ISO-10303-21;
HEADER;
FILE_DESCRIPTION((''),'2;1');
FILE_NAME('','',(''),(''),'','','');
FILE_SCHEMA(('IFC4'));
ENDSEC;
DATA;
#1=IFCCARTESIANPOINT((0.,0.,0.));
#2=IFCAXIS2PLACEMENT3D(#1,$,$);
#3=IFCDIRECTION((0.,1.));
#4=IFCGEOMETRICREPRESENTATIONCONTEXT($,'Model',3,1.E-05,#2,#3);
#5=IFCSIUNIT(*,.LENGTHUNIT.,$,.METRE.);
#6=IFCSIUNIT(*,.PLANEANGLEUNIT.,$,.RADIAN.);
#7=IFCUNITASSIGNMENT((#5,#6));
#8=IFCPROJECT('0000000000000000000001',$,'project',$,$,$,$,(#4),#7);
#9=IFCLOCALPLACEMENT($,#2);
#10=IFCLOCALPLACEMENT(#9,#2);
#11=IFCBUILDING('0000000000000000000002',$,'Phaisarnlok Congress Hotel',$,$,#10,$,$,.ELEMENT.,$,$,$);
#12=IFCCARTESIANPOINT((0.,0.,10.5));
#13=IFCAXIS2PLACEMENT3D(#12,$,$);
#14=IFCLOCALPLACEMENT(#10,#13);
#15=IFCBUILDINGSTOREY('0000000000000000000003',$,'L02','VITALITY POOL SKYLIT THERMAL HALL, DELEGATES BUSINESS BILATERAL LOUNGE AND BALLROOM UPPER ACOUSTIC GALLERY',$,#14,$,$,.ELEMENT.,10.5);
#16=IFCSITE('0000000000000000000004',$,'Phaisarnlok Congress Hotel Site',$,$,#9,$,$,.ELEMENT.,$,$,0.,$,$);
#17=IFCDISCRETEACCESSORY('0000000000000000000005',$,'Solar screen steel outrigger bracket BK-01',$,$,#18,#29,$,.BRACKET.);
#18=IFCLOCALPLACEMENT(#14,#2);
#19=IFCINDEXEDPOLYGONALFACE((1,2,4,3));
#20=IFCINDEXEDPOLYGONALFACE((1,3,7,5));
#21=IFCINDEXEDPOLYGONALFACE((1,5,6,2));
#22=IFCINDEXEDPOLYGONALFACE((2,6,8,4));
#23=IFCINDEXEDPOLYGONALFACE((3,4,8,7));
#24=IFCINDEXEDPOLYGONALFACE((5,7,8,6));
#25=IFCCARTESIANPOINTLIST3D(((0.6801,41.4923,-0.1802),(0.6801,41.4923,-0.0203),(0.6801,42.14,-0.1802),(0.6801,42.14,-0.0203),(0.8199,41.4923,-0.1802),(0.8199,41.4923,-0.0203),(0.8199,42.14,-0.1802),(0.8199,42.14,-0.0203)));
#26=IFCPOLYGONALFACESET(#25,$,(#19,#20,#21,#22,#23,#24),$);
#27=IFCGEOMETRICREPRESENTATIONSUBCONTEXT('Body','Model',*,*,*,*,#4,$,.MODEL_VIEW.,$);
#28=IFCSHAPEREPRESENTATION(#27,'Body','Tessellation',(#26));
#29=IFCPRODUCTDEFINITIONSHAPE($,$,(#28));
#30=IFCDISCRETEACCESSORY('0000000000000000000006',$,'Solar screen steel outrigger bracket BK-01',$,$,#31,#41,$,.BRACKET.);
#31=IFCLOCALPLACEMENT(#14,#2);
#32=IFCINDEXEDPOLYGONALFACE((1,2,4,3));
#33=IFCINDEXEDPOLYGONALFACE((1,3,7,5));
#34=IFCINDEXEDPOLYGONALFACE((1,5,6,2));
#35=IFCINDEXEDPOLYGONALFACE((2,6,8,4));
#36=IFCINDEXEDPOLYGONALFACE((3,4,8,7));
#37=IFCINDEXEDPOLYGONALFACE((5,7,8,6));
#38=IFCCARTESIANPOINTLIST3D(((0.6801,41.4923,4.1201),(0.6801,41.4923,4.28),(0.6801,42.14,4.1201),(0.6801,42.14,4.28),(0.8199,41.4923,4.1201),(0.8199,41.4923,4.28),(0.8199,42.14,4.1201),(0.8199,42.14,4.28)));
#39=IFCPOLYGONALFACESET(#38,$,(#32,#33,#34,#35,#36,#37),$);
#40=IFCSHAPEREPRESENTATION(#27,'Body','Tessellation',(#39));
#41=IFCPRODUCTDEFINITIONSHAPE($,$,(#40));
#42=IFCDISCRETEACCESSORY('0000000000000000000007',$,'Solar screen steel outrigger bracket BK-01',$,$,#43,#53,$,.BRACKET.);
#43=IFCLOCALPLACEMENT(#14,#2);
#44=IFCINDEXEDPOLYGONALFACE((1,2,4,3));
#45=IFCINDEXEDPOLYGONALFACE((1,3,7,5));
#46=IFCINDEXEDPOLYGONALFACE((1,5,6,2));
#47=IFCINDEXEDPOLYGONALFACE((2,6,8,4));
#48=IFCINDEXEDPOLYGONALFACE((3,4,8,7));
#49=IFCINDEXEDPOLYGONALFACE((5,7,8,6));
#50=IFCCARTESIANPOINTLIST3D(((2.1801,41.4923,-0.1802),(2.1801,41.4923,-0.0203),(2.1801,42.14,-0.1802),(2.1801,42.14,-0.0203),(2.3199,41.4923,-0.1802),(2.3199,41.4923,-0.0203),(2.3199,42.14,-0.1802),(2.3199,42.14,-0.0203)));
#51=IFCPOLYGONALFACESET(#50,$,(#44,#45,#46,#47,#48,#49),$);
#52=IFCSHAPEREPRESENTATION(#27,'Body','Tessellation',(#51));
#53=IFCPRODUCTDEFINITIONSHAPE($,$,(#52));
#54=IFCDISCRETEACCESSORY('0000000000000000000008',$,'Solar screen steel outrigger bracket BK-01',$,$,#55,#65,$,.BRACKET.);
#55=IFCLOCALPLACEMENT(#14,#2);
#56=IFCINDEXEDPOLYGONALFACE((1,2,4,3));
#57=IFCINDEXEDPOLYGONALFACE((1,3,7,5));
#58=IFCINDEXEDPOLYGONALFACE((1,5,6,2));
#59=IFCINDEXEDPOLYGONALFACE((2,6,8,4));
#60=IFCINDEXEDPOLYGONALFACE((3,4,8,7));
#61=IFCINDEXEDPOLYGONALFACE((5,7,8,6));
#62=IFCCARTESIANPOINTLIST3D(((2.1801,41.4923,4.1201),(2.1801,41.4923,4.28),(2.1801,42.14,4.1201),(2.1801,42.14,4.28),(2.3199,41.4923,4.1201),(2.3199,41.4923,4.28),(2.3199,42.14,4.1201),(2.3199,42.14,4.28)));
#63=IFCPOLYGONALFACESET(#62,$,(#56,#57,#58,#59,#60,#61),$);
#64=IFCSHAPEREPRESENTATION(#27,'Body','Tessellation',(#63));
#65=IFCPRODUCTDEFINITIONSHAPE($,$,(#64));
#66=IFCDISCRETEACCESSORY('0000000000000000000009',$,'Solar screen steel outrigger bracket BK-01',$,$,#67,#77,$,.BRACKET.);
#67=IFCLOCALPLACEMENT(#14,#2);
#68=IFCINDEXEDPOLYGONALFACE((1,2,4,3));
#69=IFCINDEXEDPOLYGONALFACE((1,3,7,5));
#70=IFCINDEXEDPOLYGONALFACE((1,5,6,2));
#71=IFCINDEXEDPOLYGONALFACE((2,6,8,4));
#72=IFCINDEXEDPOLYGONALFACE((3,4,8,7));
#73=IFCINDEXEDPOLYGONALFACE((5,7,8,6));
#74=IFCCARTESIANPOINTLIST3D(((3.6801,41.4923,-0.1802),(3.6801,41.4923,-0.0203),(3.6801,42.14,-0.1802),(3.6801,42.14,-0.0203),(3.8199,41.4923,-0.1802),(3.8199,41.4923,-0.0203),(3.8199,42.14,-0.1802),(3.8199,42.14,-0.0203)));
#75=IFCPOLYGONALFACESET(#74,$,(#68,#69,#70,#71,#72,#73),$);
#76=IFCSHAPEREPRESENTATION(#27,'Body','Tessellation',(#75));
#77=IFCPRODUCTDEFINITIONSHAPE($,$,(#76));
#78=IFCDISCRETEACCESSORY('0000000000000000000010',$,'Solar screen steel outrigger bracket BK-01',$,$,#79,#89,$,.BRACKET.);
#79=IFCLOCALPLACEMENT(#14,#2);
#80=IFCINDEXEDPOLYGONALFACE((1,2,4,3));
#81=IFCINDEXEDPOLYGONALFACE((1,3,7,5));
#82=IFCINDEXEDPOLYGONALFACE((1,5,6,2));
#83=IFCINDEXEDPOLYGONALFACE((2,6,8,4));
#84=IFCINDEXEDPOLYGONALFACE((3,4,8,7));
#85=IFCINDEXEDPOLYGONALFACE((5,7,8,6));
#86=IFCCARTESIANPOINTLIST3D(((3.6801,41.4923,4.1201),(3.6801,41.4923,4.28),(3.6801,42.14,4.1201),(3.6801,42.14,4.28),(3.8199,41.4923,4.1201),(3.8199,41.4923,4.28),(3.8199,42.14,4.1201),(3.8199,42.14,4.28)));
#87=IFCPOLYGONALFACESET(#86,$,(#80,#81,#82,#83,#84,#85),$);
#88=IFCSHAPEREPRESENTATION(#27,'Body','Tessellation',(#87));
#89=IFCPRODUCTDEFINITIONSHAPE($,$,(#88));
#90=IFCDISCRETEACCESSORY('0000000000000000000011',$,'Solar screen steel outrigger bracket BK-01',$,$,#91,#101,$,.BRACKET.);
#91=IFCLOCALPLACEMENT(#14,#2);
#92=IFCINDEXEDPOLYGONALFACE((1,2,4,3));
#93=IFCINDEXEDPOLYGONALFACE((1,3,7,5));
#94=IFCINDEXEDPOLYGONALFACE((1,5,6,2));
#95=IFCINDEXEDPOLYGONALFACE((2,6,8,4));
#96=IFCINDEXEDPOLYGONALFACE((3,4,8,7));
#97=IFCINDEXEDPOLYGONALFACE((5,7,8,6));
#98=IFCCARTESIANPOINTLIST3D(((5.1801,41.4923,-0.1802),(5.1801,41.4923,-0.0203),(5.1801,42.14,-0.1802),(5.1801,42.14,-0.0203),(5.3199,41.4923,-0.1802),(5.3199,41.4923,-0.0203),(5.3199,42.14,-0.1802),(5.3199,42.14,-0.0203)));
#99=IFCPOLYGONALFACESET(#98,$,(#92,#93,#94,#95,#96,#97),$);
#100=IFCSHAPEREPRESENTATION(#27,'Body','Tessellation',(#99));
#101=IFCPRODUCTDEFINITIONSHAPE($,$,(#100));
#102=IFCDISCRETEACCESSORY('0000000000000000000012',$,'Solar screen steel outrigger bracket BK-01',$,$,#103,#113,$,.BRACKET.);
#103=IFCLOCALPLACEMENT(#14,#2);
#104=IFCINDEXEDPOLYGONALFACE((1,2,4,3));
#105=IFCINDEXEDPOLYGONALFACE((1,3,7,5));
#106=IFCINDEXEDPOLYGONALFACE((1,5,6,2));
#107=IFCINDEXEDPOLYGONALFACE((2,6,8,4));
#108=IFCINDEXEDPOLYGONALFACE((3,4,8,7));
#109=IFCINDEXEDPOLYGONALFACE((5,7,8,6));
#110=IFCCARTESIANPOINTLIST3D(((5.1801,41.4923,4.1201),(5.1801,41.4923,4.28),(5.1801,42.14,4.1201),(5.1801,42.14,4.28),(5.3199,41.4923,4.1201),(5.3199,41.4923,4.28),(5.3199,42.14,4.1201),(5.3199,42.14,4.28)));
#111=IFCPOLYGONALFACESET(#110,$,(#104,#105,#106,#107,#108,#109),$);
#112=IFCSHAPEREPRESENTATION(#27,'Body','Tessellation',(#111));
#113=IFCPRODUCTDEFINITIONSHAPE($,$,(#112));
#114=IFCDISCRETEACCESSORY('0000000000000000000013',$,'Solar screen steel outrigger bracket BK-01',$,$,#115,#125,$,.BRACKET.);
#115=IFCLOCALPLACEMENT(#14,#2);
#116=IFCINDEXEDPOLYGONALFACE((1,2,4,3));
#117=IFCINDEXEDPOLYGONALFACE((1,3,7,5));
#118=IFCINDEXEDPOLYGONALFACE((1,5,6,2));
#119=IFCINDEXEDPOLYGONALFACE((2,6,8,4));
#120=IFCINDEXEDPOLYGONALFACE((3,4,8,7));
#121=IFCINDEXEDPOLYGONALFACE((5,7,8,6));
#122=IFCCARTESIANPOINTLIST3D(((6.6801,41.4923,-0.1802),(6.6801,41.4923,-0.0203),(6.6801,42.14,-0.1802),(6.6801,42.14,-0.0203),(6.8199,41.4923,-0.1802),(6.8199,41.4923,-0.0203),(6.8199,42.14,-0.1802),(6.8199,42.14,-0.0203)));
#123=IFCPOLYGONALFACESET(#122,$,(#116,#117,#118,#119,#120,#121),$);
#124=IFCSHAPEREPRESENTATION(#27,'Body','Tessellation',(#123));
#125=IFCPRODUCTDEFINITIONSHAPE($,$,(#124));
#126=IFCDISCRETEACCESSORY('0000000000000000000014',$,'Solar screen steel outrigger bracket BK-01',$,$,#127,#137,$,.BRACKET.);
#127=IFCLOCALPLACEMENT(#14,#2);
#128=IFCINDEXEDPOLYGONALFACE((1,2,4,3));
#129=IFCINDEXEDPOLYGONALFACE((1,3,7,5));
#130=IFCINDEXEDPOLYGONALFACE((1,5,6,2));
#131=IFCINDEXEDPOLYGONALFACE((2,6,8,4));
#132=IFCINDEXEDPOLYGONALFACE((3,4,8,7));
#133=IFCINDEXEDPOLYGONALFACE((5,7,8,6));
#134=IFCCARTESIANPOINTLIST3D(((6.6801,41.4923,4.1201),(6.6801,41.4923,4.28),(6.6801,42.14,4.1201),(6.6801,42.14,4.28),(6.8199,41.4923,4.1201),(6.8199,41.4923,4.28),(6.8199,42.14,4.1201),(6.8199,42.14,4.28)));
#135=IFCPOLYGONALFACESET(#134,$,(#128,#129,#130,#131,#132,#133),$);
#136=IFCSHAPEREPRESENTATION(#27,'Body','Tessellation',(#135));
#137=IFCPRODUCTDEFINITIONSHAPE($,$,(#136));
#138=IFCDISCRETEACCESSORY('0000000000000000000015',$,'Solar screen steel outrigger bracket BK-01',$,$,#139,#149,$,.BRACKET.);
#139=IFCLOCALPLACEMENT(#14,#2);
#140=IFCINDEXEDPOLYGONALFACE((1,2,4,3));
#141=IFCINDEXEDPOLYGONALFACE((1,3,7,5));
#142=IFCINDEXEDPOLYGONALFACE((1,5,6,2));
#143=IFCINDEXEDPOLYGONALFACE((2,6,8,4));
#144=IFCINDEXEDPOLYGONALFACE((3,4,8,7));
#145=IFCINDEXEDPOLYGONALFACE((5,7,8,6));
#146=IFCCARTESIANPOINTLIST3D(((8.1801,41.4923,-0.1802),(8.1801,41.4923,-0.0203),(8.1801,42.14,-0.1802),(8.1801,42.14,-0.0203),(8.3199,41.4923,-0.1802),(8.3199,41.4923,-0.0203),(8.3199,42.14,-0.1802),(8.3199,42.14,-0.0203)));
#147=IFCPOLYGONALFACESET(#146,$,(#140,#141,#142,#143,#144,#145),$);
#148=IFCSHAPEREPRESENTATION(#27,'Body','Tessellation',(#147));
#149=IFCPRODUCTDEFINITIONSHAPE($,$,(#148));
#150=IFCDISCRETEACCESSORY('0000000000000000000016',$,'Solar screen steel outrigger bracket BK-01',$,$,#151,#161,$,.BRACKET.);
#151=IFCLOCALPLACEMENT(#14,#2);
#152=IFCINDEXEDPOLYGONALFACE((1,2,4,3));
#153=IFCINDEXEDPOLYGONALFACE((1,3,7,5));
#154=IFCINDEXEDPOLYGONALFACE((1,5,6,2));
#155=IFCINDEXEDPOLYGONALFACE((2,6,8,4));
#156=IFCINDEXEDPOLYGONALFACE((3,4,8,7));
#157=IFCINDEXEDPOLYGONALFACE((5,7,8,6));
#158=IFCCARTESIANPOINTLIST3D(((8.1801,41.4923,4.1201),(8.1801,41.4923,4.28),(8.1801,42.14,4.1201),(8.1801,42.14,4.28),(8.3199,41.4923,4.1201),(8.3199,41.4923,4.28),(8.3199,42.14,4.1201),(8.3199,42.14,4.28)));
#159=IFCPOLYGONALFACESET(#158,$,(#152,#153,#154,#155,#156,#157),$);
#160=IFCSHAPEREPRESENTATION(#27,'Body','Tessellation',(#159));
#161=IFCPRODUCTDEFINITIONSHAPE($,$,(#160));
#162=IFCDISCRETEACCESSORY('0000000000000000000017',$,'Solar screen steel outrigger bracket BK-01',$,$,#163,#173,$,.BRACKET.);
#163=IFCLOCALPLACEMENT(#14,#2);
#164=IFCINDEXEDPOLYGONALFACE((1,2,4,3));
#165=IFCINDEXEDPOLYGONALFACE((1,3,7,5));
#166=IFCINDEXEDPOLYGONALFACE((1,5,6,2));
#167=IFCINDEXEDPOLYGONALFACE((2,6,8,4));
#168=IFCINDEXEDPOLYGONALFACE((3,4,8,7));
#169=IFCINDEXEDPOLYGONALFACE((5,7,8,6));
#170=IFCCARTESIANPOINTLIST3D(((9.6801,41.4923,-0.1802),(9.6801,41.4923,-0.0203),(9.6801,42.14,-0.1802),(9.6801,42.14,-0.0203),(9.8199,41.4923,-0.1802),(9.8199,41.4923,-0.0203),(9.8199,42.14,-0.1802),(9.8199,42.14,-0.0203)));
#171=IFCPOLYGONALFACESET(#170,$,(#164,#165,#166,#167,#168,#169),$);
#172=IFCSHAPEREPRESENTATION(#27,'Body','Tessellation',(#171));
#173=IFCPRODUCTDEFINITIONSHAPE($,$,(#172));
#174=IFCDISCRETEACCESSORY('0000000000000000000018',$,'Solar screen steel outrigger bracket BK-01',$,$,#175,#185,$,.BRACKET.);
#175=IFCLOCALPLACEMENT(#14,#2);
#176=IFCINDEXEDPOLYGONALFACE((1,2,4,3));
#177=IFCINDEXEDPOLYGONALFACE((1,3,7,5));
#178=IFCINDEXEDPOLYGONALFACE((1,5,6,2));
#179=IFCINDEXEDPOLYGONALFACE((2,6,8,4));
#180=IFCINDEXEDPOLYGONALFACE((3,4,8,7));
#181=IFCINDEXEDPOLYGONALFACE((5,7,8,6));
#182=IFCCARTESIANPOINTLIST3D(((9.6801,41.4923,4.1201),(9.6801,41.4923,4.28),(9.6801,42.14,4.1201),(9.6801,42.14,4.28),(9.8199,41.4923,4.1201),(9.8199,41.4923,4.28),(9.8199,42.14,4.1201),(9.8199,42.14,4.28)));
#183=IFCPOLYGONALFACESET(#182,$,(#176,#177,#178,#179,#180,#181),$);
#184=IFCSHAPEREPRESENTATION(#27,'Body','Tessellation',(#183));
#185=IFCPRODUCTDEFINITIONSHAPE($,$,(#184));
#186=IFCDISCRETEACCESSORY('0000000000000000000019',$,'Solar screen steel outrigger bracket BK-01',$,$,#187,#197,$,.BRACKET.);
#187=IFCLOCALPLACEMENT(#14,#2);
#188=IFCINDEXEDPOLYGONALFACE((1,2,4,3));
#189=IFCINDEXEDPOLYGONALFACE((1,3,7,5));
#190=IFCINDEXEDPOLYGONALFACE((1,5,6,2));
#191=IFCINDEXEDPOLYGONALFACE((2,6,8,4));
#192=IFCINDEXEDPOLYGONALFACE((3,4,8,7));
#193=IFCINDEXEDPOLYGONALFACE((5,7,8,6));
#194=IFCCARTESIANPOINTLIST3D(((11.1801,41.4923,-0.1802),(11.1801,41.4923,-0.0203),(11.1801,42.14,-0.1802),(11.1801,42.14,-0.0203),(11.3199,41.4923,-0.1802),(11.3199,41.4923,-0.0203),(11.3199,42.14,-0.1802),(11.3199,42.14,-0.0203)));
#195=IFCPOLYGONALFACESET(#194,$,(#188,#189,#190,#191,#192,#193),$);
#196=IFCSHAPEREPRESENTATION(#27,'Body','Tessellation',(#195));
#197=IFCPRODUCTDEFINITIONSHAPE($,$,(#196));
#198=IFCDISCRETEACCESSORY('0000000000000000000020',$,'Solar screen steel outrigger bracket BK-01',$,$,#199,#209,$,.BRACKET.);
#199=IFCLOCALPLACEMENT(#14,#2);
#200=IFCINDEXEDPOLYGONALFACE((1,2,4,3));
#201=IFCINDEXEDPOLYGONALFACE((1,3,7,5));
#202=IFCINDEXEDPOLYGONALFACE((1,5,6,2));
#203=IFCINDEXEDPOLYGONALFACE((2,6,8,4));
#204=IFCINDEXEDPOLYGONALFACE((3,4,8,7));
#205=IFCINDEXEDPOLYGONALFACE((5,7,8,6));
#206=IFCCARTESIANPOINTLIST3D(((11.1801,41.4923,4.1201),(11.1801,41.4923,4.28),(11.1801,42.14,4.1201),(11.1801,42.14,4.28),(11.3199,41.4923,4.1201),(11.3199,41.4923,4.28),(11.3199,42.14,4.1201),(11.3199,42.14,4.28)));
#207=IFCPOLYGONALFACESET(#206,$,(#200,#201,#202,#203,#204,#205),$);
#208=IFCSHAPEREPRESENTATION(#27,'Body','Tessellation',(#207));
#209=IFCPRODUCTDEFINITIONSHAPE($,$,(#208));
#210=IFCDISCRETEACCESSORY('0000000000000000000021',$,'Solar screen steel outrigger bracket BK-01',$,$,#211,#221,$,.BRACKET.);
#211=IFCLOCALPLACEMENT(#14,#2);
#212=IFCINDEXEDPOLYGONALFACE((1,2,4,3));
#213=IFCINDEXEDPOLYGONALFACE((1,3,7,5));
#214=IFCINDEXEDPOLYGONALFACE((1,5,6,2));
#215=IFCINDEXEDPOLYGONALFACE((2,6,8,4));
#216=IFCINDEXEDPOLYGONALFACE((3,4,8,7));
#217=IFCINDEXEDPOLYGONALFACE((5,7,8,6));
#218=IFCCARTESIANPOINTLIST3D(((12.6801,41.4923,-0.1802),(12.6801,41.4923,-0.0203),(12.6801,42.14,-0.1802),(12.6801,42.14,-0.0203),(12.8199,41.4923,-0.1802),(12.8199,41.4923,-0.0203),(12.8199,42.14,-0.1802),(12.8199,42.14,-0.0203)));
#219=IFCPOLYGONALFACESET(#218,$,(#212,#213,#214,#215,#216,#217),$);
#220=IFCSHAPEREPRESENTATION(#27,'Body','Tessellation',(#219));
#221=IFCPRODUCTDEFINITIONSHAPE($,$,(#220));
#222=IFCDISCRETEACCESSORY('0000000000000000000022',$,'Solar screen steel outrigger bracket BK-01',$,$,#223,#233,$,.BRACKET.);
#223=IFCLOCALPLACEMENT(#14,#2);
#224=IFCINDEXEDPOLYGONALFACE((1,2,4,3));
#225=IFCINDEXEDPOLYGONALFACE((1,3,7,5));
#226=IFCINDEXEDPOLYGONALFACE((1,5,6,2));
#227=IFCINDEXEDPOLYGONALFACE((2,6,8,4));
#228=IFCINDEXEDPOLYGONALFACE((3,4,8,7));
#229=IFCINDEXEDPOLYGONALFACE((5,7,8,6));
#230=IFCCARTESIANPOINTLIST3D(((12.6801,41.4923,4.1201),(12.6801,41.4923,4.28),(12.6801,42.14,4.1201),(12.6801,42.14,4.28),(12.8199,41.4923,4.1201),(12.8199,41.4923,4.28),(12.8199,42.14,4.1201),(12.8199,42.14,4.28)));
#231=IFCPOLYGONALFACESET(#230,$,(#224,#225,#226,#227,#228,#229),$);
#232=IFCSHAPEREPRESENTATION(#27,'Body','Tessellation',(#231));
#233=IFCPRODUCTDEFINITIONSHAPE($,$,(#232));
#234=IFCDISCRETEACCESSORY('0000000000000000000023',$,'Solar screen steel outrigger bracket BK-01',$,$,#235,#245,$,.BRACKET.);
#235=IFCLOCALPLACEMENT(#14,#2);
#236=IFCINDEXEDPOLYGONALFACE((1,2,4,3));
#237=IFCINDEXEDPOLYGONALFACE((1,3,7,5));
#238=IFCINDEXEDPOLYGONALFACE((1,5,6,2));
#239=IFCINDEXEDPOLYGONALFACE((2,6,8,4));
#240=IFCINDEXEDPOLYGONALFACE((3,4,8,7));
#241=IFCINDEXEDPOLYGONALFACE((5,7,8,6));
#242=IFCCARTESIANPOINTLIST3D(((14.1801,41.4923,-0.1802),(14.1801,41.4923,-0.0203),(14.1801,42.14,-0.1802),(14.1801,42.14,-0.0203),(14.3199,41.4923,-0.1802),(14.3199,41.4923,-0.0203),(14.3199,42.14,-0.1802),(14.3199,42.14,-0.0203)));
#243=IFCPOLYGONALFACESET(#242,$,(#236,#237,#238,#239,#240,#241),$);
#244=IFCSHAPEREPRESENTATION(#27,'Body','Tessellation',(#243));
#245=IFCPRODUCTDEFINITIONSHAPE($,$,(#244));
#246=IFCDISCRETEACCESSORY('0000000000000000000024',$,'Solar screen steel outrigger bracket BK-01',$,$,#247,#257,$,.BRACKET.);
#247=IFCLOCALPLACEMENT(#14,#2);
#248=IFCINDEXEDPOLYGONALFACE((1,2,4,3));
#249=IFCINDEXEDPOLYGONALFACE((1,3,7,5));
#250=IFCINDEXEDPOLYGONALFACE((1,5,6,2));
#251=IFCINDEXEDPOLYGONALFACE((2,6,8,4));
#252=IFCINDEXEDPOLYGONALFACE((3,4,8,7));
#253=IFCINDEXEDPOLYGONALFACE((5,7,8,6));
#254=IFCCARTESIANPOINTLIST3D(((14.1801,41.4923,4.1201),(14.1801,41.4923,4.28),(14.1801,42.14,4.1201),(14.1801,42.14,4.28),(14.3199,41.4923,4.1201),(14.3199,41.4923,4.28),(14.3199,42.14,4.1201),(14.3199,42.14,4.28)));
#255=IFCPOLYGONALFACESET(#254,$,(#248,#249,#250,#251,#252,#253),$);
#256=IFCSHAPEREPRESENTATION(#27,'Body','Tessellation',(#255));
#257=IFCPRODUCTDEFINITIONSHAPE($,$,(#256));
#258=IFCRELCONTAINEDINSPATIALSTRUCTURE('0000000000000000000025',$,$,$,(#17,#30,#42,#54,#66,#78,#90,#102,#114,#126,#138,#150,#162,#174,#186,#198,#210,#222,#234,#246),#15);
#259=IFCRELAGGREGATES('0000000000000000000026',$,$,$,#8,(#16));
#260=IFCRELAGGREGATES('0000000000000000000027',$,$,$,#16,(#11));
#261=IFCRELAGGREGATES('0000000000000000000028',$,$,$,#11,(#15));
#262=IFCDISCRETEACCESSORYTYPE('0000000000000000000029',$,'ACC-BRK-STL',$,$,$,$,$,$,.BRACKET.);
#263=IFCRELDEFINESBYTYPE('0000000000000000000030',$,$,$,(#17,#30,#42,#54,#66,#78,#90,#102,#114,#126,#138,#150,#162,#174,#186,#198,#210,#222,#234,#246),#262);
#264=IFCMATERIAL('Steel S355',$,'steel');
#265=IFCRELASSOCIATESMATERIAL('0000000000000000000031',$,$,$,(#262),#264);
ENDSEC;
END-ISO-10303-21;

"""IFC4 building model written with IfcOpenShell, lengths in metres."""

from ifc_helpers import new_model, si_unit, direction, frame, origin, origin_2d, place, context, subcontext, project, spatial, rectangle, extrude, material, type_object, element, save


model = new_model("IFC4")

# Units and contexts
model_context = context("Model", 3, precision=1e-05, world=origin(), true_north=direction((0.0, 1.0)))
body_context = subcontext(model_context, "Body", "Model", "MODEL_VIEW")
ifc_project = project(units=[si_unit("LENGTHUNIT", "METRE"), si_unit("PLANEANGLEUNIT", "RADIAN")], contexts=[model_context])

# Site, building, storey
site_placement = place(None, origin())
site = spatial("IfcSite", under=ifc_project, at=site_placement, Name="Phaisarnlok Congress Hotel Site", CompositionType="ELEMENT", RefElevation=0.0)
building_placement = place(site_placement, origin())
building = spatial("IfcBuilding", under=site, at=building_placement, Name="Phaisarnlok Congress Hotel", CompositionType="ELEMENT")
storey_placement = place(building_placement, frame((0.0, 0.0, 10.5)))
storey = spatial("IfcBuildingStorey", under=building, at=storey_placement, Name="L02", Description="VITALITY POOL SKYLIT THERMAL HALL, DELEGATES BUSINESS BILATERAL LOUNGE AND BALLROOM UPPER ACOUSTIC GALLERY", CompositionType="ELEMENT", Elevation=10.5)

# Discrete accessories
ifc_material = material(Name="Steel S355", Category="steel")
discrete_accessory_type = type_object("IfcDiscreteAccessoryType", Name="ACC-BRK-STL", PredefinedType="BRACKET", material=ifc_material)
for number, where, z_axis, x_axis, name in (
    (1, (0.75, 41.8162, -0.1802), (0.0, 0.0, 1.0), (1.0, 0.0, 0.0), "Solar screen steel outrigger bracket BK-01"),
    (2, (0.75, 41.8162, 4.1201), (0.0, 0.0, 1.0), (1.0, 0.0, 0.0), "Solar screen steel outrigger bracket BK-01"),
    (3, (2.25, 41.8162, -0.1802), (0.0, 0.0, 1.0), (1.0, 0.0, 0.0), "Solar screen steel outrigger bracket BK-01"),
    (4, (2.25, 41.8162, 4.1201), (0.0, 0.0, 1.0), (1.0, 0.0, 0.0), "Solar screen steel outrigger bracket BK-01"),
    (5, (3.75, 41.8162, -0.1802), (0.0, 0.0, 1.0), (1.0, 0.0, 0.0), "Solar screen steel outrigger bracket BK-01"),
    (6, (3.75, 41.8162, 4.1201), (0.0, 0.0, 1.0), (1.0, 0.0, 0.0), "Solar screen steel outrigger bracket BK-01"),
    (7, (5.25, 41.8162, -0.1802), (0.0, 0.0, 1.0), (1.0, 0.0, 0.0), "Solar screen steel outrigger bracket BK-01"),
    (8, (5.25, 41.8162, 4.1201), (0.0, 0.0, 1.0), (1.0, 0.0, 0.0), "Solar screen steel outrigger bracket BK-01"),
    (9, (6.75, 41.8162, -0.1802), (0.0, 0.0, 1.0), (1.0, 0.0, 0.0), "Solar screen steel outrigger bracket BK-01"),
    (10, (6.75, 41.8162, 4.1201), (0.0, 0.0, 1.0), (1.0, 0.0, 0.0), "Solar screen steel outrigger bracket BK-01"),
    (11, (8.25, 41.8162, -0.1802), (0.0, 0.0, 1.0), (1.0, 0.0, 0.0), "Solar screen steel outrigger bracket BK-01"),
    (12, (8.25, 41.8162, 4.1201), (0.0, 0.0, 1.0), (1.0, 0.0, 0.0), "Solar screen steel outrigger bracket BK-01"),
    (13, (9.75, 41.8162, -0.1802), (0.0, 0.0, 1.0), (1.0, 0.0, 0.0), "Solar screen steel outrigger bracket BK-01"),
    (14, (9.75, 41.8162, 4.1201), (0.0, 0.0, 1.0), (1.0, 0.0, 0.0), "Solar screen steel outrigger bracket BK-01"),
    (15, (11.25, 41.8162, -0.1802), (0.0, 0.0, 1.0), (1.0, 0.0, 0.0), "Solar screen steel outrigger bracket BK-01"),
    (16, (11.25, 41.8162, 4.1201), (0.0, 0.0, 1.0), (1.0, 0.0, 0.0), "Solar screen steel outrigger bracket BK-01"),
    (17, (12.75, 41.8162, -0.1802), (0.0, 0.0, 1.0), (1.0, 0.0, 0.0), "Solar screen steel outrigger bracket BK-01"),
    (18, (12.75, 41.8162, 4.1201), (0.0, 0.0, 1.0), (1.0, 0.0, 0.0), "Solar screen steel outrigger bracket BK-01"),
    (19, (14.25, 41.8162, -0.1802), (0.0, 0.0, 1.0), (1.0, 0.0, 0.0), "Solar screen steel outrigger bracket BK-01"),
    (20, (14.25, 41.8162, 4.1201), (0.0, 0.0, 1.0), (1.0, 0.0, 0.0), "Solar screen steel outrigger bracket BK-01"),
):
    element("IfcDiscreteAccessory", number, at=place(storey_placement, frame(where, z_axis=z_axis, x_axis=x_axis)), inside=storey, type_object=discrete_accessory_type, Name=name, PredefinedType="BRACKET", context=body_context, shape_type="SweptSolid", body=[
        extrude(rectangle(XDim=0.1399, YDim=0.6477, at=origin_2d()), origin(), (0.0, 0.0, 1.0), 0.1599),
    ])

save(model, "model.ifc")
